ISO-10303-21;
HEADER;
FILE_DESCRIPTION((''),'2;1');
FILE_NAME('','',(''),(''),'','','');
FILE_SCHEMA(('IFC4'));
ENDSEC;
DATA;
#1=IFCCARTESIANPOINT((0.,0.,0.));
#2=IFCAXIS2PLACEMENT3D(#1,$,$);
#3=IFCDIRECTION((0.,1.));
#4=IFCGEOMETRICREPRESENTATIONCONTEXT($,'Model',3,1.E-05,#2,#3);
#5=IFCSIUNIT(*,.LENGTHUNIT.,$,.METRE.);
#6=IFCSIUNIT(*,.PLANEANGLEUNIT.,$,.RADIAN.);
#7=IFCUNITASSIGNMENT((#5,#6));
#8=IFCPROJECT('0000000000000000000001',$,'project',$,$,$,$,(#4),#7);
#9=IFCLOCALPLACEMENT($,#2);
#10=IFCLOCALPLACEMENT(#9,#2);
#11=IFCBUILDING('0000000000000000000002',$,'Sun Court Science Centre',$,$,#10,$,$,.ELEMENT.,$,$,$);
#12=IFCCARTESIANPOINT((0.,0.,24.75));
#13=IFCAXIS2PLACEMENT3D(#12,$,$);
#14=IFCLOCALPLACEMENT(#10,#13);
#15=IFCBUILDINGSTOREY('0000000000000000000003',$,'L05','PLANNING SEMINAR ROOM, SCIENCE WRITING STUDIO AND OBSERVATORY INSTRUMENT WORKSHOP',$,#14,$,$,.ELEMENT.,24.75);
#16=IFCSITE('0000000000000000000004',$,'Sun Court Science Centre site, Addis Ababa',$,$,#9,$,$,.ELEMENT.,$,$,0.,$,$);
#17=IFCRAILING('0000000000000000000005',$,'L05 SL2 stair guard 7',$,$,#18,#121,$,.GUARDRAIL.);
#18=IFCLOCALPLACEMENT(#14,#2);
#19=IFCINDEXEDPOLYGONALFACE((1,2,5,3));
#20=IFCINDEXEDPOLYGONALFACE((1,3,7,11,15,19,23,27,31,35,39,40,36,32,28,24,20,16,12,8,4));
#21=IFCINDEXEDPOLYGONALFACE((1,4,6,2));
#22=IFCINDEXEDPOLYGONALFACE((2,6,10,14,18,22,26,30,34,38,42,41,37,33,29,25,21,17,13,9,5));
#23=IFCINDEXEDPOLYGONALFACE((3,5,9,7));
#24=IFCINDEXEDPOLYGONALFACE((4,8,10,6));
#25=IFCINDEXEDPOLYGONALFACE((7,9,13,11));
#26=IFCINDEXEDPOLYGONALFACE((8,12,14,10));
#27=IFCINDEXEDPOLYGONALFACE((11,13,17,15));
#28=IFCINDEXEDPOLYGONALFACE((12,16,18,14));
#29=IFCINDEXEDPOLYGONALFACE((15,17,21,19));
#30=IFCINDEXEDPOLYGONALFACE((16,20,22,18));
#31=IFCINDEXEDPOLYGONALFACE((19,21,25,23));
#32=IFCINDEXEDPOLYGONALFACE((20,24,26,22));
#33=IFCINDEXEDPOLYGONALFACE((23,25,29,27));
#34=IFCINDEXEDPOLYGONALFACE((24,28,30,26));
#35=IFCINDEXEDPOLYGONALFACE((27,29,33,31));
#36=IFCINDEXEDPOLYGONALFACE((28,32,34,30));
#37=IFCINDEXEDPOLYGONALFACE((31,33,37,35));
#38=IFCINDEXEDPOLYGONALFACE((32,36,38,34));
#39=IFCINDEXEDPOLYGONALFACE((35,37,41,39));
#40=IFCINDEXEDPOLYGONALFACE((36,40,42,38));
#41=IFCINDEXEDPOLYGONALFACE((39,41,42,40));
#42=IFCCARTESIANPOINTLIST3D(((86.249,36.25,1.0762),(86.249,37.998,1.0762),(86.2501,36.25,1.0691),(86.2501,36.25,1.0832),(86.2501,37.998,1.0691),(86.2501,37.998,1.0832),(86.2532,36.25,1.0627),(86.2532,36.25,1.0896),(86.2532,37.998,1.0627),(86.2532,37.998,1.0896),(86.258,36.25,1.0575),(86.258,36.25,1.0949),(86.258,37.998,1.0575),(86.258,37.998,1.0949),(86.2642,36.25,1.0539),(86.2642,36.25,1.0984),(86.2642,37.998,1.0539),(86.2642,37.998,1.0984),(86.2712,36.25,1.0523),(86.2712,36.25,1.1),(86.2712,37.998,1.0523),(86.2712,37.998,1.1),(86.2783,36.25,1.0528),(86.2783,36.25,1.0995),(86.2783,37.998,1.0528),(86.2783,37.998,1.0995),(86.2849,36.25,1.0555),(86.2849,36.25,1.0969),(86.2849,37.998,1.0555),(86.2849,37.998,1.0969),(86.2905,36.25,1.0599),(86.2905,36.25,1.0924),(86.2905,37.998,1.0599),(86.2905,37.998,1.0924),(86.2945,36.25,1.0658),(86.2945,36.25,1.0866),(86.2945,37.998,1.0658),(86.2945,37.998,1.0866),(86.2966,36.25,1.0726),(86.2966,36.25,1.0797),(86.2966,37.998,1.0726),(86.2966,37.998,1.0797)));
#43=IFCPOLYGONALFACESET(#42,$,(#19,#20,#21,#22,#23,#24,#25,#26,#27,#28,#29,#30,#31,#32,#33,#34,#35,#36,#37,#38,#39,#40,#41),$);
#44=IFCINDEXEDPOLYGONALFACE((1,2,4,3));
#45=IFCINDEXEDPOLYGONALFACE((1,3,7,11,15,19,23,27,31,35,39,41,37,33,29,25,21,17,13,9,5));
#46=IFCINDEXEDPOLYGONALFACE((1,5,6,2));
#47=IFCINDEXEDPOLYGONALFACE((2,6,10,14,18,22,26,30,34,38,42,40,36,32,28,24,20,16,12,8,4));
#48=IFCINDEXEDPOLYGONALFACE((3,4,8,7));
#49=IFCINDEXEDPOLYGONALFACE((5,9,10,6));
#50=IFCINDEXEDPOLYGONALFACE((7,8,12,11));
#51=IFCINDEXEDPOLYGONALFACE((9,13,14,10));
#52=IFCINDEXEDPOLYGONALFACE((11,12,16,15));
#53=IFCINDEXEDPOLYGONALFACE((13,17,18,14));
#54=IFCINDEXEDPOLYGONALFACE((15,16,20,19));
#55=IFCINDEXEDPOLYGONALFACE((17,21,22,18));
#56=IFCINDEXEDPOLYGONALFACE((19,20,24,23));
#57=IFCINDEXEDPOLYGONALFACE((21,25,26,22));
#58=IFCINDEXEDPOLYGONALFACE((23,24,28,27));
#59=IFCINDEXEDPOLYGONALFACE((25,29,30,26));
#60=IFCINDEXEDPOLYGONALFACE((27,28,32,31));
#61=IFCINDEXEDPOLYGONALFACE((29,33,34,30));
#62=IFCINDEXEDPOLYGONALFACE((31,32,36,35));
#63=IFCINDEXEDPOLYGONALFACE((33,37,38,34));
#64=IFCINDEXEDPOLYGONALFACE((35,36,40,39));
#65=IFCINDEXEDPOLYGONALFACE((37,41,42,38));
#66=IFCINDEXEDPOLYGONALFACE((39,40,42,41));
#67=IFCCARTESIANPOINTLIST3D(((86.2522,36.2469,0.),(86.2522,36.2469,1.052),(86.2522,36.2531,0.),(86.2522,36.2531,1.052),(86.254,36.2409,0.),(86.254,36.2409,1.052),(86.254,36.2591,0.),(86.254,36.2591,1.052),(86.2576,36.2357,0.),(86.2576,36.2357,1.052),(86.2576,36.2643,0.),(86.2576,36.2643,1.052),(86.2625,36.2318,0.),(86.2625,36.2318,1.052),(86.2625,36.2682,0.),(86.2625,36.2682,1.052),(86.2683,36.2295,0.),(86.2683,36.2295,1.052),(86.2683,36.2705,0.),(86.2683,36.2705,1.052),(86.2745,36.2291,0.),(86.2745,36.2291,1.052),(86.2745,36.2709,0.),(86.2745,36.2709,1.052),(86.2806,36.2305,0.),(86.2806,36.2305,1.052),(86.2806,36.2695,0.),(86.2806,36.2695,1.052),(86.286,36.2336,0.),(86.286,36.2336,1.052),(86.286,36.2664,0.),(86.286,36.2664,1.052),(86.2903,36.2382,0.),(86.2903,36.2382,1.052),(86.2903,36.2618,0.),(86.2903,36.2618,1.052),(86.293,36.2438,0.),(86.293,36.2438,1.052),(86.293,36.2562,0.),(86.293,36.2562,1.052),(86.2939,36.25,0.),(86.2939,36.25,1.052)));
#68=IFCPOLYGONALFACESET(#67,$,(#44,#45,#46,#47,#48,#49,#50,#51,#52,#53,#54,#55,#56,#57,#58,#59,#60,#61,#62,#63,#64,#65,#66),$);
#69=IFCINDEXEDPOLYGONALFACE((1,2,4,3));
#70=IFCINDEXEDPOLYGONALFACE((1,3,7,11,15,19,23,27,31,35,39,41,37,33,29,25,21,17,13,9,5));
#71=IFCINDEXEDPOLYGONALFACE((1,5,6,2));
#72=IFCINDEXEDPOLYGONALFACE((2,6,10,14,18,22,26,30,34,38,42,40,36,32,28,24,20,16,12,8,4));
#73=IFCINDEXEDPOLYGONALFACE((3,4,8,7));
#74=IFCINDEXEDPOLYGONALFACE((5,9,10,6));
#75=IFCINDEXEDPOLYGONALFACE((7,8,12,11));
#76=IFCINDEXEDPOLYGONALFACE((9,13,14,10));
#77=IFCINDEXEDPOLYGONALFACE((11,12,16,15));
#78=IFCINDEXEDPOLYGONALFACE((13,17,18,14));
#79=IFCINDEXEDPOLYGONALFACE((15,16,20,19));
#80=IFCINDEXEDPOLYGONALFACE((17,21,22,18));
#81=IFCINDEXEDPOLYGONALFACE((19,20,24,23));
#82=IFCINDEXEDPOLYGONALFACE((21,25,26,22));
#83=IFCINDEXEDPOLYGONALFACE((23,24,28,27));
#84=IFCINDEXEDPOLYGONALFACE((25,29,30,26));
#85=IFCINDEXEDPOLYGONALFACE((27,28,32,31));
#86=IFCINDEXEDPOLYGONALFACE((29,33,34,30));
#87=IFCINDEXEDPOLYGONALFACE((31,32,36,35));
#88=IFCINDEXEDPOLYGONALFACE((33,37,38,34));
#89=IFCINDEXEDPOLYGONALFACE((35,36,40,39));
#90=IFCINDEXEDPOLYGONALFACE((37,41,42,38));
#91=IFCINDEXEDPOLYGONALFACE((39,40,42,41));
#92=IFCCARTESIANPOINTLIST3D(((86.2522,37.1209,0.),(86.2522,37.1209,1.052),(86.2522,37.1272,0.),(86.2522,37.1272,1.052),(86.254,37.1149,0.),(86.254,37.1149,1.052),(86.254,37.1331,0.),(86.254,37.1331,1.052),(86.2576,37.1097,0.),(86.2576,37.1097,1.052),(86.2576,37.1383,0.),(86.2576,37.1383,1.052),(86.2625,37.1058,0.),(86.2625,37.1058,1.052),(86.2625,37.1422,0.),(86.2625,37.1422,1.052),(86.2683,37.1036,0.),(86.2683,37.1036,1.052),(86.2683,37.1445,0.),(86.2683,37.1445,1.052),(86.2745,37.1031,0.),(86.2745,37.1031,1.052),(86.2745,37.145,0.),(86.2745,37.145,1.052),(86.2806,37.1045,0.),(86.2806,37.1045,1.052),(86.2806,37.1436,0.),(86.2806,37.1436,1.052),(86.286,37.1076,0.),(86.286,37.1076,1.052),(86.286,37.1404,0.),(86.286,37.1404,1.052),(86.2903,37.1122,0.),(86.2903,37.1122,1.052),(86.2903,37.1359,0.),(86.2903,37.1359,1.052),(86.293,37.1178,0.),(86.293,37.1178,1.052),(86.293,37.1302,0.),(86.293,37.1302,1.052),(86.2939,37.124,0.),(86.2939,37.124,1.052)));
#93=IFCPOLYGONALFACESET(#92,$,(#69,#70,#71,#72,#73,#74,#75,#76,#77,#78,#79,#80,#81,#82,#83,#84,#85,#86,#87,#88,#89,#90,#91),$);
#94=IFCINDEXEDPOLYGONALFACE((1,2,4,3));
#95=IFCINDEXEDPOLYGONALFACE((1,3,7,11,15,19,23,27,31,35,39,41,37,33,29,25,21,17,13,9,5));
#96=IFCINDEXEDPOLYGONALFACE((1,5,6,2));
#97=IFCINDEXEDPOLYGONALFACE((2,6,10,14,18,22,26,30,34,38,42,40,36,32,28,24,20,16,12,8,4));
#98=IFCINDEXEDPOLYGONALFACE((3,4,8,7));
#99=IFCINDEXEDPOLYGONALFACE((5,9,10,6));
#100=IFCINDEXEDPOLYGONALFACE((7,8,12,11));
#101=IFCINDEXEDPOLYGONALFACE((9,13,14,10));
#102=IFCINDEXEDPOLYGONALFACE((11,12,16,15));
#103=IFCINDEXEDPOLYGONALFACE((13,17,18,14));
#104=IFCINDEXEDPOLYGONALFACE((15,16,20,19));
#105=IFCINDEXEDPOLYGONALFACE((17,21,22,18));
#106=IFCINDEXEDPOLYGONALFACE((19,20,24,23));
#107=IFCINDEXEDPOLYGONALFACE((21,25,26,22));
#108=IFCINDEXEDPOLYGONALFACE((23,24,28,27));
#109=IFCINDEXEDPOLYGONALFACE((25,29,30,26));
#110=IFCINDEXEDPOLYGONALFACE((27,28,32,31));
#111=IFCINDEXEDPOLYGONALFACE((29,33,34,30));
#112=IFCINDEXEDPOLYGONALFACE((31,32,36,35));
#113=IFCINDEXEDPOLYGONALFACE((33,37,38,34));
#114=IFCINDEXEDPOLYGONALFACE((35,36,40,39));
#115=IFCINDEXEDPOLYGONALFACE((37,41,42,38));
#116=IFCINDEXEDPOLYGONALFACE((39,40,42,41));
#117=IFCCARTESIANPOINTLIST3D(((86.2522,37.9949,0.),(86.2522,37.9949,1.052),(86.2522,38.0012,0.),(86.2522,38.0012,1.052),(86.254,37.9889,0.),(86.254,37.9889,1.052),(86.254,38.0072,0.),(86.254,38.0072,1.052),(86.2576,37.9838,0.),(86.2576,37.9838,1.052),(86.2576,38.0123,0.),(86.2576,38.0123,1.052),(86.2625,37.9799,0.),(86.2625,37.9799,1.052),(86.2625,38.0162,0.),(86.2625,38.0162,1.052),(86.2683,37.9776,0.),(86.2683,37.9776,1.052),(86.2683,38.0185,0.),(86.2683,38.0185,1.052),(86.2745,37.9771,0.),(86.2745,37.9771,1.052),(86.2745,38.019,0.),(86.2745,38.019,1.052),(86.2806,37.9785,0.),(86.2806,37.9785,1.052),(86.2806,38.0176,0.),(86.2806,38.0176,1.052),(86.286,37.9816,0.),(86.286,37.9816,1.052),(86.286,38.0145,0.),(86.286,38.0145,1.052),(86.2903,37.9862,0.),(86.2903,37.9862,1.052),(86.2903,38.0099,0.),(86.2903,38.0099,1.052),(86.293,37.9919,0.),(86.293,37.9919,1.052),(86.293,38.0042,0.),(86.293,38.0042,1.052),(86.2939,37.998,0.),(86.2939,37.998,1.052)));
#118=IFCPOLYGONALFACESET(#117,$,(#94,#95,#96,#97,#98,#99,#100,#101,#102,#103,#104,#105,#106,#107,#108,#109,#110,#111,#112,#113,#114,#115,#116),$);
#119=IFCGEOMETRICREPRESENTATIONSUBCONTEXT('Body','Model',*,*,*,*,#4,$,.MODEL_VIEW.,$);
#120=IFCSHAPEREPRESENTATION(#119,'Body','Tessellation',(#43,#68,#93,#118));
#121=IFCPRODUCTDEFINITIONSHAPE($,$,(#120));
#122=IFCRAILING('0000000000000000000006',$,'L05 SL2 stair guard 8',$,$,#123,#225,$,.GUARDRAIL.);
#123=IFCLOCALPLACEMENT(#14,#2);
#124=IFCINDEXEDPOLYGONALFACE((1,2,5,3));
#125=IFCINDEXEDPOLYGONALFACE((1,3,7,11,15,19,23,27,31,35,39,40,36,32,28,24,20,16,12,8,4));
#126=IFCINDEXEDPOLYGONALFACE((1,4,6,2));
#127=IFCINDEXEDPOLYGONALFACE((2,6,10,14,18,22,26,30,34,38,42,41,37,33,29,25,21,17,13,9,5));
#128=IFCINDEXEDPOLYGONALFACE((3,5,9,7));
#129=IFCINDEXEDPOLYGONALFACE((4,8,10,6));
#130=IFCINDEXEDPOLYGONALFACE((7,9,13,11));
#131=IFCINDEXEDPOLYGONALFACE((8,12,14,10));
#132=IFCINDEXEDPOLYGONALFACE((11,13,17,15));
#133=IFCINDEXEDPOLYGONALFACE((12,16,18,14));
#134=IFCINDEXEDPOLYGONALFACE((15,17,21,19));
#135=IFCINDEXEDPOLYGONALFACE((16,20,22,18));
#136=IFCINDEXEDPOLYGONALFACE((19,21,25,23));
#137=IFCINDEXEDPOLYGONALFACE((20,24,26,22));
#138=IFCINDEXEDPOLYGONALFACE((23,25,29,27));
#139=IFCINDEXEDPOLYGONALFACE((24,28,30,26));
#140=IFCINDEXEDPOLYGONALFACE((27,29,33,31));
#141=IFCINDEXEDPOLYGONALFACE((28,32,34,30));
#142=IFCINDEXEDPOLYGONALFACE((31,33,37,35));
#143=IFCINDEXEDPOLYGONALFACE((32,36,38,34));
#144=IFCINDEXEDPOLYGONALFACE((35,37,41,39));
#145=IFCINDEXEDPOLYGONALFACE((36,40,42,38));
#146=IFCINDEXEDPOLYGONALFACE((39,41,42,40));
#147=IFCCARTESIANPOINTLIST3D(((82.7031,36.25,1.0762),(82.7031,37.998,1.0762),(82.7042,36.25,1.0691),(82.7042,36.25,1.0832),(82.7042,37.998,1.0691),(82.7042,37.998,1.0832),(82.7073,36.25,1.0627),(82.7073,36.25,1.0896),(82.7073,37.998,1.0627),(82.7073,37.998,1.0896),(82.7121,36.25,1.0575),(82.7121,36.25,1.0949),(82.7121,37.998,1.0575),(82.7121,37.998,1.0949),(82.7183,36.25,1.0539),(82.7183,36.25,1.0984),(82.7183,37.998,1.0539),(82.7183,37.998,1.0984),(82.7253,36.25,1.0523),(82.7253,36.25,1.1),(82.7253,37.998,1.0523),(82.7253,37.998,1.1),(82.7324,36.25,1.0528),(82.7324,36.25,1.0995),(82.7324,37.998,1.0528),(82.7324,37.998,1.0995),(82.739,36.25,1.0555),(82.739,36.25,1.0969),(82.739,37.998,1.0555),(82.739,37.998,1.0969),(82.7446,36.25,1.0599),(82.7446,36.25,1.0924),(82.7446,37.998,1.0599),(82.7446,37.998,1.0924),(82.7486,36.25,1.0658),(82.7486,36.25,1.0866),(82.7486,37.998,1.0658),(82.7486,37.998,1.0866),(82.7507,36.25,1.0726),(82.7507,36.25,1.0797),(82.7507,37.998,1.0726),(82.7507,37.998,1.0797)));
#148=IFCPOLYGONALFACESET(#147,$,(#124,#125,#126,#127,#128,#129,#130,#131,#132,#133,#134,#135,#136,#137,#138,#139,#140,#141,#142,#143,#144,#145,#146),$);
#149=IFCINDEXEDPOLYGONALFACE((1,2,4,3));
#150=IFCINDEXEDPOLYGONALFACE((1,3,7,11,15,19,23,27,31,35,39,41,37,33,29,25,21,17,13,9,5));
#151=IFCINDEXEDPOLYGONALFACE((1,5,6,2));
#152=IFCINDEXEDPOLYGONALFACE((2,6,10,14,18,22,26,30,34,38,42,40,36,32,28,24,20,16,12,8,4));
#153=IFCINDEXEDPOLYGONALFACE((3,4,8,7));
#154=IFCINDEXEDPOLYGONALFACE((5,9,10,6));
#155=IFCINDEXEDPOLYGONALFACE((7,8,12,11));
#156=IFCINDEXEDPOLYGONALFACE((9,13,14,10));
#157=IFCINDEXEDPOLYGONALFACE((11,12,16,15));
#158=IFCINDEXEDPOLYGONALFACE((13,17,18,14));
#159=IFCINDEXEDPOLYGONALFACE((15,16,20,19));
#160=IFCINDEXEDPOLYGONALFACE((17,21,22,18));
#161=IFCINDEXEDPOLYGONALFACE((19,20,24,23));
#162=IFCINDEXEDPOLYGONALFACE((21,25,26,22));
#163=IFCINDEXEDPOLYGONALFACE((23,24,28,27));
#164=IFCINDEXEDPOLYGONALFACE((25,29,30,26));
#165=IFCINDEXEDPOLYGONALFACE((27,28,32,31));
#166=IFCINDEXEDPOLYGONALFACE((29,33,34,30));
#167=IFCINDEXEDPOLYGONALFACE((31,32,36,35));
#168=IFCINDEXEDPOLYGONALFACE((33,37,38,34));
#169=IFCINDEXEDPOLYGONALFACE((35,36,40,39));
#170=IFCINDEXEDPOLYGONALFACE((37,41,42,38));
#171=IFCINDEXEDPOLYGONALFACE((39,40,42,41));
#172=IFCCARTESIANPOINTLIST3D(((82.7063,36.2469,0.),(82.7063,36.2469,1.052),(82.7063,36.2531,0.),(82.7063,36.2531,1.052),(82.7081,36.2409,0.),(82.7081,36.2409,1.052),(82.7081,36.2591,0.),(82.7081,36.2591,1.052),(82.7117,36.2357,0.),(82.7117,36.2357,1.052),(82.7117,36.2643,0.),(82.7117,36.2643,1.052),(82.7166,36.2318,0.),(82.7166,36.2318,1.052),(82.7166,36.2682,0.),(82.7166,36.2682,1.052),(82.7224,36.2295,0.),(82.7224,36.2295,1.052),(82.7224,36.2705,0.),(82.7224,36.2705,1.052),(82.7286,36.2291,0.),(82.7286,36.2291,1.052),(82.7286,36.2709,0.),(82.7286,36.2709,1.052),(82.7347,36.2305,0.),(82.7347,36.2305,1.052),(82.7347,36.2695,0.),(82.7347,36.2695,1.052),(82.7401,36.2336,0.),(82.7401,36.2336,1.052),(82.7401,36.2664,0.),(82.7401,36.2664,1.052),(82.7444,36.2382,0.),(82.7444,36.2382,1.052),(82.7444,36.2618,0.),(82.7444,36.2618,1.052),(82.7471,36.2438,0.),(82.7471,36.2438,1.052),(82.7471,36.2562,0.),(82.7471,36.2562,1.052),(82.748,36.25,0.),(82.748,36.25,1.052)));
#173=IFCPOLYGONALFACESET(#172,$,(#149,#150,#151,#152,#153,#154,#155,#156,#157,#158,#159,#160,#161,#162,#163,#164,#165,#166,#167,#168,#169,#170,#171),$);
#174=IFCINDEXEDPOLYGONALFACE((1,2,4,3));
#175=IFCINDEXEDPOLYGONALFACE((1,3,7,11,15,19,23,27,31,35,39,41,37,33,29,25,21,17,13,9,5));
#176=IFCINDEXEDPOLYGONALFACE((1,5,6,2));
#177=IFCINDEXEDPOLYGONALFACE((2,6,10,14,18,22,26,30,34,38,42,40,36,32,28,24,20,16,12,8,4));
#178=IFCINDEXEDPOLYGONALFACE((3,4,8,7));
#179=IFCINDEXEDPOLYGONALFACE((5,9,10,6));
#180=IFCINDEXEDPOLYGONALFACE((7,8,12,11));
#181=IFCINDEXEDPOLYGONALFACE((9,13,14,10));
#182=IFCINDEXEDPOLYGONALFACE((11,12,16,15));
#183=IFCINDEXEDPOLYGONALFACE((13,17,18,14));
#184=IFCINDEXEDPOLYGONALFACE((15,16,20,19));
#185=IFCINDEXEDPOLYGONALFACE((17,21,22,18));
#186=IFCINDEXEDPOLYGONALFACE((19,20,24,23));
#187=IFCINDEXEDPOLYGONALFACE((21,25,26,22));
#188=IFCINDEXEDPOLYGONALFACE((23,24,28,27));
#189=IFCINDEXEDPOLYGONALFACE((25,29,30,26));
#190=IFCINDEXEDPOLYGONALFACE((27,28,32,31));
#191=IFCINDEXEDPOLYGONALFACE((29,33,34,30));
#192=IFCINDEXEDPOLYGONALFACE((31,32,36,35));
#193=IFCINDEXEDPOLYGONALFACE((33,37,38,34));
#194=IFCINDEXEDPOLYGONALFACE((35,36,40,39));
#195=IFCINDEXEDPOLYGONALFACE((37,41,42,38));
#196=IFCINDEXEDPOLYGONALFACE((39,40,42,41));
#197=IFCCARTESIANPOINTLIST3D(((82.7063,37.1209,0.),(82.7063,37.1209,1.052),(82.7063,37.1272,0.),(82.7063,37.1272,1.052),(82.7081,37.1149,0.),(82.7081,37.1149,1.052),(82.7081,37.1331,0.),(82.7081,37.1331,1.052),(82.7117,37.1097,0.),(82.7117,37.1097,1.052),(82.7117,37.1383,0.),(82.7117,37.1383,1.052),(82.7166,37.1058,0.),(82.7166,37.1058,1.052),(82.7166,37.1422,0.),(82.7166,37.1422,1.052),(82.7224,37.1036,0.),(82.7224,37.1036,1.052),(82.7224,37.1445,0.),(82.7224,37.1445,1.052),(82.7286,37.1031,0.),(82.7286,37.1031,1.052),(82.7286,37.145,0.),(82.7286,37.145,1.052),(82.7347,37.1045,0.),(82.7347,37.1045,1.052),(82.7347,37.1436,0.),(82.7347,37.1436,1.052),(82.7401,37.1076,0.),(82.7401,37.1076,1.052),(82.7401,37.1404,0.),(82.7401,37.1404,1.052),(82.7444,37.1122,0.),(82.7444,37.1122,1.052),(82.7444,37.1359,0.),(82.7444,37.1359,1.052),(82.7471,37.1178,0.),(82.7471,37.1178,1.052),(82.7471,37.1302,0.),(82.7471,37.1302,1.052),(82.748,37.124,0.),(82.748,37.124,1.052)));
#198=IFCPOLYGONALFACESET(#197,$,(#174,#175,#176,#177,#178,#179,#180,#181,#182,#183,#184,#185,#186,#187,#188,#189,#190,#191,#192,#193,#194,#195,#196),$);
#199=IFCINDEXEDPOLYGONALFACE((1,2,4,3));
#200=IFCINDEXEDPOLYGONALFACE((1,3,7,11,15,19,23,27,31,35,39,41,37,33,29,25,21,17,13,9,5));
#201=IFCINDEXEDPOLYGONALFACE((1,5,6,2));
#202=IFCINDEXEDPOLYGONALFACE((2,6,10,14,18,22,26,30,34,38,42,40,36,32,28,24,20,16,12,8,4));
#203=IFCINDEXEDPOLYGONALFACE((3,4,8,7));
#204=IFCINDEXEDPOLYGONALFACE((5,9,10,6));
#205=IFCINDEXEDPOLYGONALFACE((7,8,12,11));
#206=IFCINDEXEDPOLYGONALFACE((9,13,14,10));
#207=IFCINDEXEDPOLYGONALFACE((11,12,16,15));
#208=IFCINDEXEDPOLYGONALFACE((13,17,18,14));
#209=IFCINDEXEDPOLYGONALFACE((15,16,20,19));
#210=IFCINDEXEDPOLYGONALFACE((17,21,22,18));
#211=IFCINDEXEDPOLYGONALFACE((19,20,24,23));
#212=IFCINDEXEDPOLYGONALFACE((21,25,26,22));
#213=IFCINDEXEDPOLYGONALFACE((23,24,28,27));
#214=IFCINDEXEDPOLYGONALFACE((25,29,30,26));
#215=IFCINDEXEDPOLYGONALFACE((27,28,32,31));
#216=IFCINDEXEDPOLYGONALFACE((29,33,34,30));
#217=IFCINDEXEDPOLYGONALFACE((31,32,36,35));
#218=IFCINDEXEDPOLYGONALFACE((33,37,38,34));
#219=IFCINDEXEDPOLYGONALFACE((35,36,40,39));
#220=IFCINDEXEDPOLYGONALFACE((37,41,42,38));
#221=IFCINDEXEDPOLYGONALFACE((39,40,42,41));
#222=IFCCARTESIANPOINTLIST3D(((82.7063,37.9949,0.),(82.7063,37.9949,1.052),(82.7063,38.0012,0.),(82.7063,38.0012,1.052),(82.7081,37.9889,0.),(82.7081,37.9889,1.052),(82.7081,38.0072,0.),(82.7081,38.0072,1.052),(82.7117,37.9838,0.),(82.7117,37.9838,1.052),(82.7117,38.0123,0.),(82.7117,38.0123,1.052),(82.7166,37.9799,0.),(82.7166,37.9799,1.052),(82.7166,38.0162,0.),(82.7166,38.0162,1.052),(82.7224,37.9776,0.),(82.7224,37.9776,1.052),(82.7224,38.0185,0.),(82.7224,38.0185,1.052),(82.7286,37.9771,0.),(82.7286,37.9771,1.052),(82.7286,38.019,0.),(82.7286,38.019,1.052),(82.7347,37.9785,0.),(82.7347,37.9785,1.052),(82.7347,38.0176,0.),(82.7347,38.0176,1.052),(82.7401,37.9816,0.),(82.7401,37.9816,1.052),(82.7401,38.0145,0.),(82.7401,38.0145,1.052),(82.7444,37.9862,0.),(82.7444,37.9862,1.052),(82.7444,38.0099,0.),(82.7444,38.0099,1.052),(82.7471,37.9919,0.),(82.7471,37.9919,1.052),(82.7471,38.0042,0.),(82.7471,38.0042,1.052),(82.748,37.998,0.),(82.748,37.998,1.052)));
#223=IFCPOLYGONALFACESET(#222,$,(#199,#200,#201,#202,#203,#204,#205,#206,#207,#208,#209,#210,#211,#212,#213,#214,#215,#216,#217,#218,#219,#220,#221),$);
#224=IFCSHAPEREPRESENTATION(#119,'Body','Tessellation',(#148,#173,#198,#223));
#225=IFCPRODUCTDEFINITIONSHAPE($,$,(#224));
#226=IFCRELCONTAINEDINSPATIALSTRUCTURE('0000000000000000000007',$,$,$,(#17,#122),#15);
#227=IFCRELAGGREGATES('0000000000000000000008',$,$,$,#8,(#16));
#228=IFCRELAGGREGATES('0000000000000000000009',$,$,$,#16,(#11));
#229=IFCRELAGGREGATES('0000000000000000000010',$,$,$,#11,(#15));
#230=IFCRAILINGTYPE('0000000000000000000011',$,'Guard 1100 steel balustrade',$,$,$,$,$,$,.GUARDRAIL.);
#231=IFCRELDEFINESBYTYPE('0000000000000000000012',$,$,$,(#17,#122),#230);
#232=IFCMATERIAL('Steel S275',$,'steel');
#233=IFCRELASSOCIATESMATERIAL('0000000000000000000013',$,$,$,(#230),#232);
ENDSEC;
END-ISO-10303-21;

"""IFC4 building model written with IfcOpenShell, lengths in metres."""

from ifc_helpers import new_model, si_unit, direction, frame, origin, origin_2d, place, context, subcontext, project, spatial, circle, extrude, material, type_object, element, save


model = new_model("IFC4")

# Units and contexts
model_context = context("Model", 3, precision=1e-05, world=origin(), true_north=direction((0.0, 1.0)))
body_context = subcontext(model_context, "Body", "Model", "MODEL_VIEW")
ifc_project = project(units=[si_unit("LENGTHUNIT", "METRE"), si_unit("PLANEANGLEUNIT", "RADIAN")], contexts=[model_context])

# Site, building, storey
site_placement = place(None, origin())
site = spatial("IfcSite", under=ifc_project, at=site_placement, Name="Sun Court Science Centre site, Addis Ababa", CompositionType="ELEMENT", RefElevation=0.0)
building_placement = place(site_placement, origin())
building = spatial("IfcBuilding", under=site, at=building_placement, Name="Sun Court Science Centre", CompositionType="ELEMENT")
storey_placement = place(building_placement, frame((0.0, 0.0, 24.75)))
storey = spatial("IfcBuildingStorey", under=building, at=storey_placement, Name="L05", Description="PLANNING SEMINAR ROOM, SCIENCE WRITING STUDIO AND OBSERVATORY INSTRUMENT WORKSHOP", CompositionType="ELEMENT", Elevation=24.75)

# Railings
ifc_material_1 = material(Name="Steel S275", Category="steel")
railing_type = type_object("IfcRailingType", Name="Guard 1100 steel balustrade", PredefinedType="GUARDRAIL", material=ifc_material_1)
for number, where, name in (
    (1, (86.2729, 36.25, 0.0), "L05 SL2 stair guard 7"),
    (2, (82.7271, 36.25, 0.0), "L05 SL2 stair guard 8"),
):
    element("IfcRailing", number, at=place(storey_placement, frame(where)), inside=storey, type_object=railing_type, Name=name, PredefinedType="GUARDRAIL", context=body_context, shape_type="SweptSolid", body=[
        extrude(circle(Radius=0.0239, at=origin_2d()), frame((0.0, 0.0, 1.0762), z_axis=(0.0, 1.0, 0.0), x_axis=(-1.0, 0.0, 0.0)), (0.0, 0.0, 1.0), 1.748),
        extrude(circle(Radius=0.021, at=origin_2d()), origin(), (0.0, 0.0, 1.0), 1.052),
        extrude(circle(Radius=0.021, at=origin_2d()), frame((0.0, 0.874, 0.0)), (0.0, 0.0, 1.0), 1.052),
        extrude(circle(Radius=0.021, at=origin_2d()), frame((0.0, 1.748, 0.0)), (0.0, 0.0, 1.0), 1.052),
    ])

save(model, "model.ifc")
